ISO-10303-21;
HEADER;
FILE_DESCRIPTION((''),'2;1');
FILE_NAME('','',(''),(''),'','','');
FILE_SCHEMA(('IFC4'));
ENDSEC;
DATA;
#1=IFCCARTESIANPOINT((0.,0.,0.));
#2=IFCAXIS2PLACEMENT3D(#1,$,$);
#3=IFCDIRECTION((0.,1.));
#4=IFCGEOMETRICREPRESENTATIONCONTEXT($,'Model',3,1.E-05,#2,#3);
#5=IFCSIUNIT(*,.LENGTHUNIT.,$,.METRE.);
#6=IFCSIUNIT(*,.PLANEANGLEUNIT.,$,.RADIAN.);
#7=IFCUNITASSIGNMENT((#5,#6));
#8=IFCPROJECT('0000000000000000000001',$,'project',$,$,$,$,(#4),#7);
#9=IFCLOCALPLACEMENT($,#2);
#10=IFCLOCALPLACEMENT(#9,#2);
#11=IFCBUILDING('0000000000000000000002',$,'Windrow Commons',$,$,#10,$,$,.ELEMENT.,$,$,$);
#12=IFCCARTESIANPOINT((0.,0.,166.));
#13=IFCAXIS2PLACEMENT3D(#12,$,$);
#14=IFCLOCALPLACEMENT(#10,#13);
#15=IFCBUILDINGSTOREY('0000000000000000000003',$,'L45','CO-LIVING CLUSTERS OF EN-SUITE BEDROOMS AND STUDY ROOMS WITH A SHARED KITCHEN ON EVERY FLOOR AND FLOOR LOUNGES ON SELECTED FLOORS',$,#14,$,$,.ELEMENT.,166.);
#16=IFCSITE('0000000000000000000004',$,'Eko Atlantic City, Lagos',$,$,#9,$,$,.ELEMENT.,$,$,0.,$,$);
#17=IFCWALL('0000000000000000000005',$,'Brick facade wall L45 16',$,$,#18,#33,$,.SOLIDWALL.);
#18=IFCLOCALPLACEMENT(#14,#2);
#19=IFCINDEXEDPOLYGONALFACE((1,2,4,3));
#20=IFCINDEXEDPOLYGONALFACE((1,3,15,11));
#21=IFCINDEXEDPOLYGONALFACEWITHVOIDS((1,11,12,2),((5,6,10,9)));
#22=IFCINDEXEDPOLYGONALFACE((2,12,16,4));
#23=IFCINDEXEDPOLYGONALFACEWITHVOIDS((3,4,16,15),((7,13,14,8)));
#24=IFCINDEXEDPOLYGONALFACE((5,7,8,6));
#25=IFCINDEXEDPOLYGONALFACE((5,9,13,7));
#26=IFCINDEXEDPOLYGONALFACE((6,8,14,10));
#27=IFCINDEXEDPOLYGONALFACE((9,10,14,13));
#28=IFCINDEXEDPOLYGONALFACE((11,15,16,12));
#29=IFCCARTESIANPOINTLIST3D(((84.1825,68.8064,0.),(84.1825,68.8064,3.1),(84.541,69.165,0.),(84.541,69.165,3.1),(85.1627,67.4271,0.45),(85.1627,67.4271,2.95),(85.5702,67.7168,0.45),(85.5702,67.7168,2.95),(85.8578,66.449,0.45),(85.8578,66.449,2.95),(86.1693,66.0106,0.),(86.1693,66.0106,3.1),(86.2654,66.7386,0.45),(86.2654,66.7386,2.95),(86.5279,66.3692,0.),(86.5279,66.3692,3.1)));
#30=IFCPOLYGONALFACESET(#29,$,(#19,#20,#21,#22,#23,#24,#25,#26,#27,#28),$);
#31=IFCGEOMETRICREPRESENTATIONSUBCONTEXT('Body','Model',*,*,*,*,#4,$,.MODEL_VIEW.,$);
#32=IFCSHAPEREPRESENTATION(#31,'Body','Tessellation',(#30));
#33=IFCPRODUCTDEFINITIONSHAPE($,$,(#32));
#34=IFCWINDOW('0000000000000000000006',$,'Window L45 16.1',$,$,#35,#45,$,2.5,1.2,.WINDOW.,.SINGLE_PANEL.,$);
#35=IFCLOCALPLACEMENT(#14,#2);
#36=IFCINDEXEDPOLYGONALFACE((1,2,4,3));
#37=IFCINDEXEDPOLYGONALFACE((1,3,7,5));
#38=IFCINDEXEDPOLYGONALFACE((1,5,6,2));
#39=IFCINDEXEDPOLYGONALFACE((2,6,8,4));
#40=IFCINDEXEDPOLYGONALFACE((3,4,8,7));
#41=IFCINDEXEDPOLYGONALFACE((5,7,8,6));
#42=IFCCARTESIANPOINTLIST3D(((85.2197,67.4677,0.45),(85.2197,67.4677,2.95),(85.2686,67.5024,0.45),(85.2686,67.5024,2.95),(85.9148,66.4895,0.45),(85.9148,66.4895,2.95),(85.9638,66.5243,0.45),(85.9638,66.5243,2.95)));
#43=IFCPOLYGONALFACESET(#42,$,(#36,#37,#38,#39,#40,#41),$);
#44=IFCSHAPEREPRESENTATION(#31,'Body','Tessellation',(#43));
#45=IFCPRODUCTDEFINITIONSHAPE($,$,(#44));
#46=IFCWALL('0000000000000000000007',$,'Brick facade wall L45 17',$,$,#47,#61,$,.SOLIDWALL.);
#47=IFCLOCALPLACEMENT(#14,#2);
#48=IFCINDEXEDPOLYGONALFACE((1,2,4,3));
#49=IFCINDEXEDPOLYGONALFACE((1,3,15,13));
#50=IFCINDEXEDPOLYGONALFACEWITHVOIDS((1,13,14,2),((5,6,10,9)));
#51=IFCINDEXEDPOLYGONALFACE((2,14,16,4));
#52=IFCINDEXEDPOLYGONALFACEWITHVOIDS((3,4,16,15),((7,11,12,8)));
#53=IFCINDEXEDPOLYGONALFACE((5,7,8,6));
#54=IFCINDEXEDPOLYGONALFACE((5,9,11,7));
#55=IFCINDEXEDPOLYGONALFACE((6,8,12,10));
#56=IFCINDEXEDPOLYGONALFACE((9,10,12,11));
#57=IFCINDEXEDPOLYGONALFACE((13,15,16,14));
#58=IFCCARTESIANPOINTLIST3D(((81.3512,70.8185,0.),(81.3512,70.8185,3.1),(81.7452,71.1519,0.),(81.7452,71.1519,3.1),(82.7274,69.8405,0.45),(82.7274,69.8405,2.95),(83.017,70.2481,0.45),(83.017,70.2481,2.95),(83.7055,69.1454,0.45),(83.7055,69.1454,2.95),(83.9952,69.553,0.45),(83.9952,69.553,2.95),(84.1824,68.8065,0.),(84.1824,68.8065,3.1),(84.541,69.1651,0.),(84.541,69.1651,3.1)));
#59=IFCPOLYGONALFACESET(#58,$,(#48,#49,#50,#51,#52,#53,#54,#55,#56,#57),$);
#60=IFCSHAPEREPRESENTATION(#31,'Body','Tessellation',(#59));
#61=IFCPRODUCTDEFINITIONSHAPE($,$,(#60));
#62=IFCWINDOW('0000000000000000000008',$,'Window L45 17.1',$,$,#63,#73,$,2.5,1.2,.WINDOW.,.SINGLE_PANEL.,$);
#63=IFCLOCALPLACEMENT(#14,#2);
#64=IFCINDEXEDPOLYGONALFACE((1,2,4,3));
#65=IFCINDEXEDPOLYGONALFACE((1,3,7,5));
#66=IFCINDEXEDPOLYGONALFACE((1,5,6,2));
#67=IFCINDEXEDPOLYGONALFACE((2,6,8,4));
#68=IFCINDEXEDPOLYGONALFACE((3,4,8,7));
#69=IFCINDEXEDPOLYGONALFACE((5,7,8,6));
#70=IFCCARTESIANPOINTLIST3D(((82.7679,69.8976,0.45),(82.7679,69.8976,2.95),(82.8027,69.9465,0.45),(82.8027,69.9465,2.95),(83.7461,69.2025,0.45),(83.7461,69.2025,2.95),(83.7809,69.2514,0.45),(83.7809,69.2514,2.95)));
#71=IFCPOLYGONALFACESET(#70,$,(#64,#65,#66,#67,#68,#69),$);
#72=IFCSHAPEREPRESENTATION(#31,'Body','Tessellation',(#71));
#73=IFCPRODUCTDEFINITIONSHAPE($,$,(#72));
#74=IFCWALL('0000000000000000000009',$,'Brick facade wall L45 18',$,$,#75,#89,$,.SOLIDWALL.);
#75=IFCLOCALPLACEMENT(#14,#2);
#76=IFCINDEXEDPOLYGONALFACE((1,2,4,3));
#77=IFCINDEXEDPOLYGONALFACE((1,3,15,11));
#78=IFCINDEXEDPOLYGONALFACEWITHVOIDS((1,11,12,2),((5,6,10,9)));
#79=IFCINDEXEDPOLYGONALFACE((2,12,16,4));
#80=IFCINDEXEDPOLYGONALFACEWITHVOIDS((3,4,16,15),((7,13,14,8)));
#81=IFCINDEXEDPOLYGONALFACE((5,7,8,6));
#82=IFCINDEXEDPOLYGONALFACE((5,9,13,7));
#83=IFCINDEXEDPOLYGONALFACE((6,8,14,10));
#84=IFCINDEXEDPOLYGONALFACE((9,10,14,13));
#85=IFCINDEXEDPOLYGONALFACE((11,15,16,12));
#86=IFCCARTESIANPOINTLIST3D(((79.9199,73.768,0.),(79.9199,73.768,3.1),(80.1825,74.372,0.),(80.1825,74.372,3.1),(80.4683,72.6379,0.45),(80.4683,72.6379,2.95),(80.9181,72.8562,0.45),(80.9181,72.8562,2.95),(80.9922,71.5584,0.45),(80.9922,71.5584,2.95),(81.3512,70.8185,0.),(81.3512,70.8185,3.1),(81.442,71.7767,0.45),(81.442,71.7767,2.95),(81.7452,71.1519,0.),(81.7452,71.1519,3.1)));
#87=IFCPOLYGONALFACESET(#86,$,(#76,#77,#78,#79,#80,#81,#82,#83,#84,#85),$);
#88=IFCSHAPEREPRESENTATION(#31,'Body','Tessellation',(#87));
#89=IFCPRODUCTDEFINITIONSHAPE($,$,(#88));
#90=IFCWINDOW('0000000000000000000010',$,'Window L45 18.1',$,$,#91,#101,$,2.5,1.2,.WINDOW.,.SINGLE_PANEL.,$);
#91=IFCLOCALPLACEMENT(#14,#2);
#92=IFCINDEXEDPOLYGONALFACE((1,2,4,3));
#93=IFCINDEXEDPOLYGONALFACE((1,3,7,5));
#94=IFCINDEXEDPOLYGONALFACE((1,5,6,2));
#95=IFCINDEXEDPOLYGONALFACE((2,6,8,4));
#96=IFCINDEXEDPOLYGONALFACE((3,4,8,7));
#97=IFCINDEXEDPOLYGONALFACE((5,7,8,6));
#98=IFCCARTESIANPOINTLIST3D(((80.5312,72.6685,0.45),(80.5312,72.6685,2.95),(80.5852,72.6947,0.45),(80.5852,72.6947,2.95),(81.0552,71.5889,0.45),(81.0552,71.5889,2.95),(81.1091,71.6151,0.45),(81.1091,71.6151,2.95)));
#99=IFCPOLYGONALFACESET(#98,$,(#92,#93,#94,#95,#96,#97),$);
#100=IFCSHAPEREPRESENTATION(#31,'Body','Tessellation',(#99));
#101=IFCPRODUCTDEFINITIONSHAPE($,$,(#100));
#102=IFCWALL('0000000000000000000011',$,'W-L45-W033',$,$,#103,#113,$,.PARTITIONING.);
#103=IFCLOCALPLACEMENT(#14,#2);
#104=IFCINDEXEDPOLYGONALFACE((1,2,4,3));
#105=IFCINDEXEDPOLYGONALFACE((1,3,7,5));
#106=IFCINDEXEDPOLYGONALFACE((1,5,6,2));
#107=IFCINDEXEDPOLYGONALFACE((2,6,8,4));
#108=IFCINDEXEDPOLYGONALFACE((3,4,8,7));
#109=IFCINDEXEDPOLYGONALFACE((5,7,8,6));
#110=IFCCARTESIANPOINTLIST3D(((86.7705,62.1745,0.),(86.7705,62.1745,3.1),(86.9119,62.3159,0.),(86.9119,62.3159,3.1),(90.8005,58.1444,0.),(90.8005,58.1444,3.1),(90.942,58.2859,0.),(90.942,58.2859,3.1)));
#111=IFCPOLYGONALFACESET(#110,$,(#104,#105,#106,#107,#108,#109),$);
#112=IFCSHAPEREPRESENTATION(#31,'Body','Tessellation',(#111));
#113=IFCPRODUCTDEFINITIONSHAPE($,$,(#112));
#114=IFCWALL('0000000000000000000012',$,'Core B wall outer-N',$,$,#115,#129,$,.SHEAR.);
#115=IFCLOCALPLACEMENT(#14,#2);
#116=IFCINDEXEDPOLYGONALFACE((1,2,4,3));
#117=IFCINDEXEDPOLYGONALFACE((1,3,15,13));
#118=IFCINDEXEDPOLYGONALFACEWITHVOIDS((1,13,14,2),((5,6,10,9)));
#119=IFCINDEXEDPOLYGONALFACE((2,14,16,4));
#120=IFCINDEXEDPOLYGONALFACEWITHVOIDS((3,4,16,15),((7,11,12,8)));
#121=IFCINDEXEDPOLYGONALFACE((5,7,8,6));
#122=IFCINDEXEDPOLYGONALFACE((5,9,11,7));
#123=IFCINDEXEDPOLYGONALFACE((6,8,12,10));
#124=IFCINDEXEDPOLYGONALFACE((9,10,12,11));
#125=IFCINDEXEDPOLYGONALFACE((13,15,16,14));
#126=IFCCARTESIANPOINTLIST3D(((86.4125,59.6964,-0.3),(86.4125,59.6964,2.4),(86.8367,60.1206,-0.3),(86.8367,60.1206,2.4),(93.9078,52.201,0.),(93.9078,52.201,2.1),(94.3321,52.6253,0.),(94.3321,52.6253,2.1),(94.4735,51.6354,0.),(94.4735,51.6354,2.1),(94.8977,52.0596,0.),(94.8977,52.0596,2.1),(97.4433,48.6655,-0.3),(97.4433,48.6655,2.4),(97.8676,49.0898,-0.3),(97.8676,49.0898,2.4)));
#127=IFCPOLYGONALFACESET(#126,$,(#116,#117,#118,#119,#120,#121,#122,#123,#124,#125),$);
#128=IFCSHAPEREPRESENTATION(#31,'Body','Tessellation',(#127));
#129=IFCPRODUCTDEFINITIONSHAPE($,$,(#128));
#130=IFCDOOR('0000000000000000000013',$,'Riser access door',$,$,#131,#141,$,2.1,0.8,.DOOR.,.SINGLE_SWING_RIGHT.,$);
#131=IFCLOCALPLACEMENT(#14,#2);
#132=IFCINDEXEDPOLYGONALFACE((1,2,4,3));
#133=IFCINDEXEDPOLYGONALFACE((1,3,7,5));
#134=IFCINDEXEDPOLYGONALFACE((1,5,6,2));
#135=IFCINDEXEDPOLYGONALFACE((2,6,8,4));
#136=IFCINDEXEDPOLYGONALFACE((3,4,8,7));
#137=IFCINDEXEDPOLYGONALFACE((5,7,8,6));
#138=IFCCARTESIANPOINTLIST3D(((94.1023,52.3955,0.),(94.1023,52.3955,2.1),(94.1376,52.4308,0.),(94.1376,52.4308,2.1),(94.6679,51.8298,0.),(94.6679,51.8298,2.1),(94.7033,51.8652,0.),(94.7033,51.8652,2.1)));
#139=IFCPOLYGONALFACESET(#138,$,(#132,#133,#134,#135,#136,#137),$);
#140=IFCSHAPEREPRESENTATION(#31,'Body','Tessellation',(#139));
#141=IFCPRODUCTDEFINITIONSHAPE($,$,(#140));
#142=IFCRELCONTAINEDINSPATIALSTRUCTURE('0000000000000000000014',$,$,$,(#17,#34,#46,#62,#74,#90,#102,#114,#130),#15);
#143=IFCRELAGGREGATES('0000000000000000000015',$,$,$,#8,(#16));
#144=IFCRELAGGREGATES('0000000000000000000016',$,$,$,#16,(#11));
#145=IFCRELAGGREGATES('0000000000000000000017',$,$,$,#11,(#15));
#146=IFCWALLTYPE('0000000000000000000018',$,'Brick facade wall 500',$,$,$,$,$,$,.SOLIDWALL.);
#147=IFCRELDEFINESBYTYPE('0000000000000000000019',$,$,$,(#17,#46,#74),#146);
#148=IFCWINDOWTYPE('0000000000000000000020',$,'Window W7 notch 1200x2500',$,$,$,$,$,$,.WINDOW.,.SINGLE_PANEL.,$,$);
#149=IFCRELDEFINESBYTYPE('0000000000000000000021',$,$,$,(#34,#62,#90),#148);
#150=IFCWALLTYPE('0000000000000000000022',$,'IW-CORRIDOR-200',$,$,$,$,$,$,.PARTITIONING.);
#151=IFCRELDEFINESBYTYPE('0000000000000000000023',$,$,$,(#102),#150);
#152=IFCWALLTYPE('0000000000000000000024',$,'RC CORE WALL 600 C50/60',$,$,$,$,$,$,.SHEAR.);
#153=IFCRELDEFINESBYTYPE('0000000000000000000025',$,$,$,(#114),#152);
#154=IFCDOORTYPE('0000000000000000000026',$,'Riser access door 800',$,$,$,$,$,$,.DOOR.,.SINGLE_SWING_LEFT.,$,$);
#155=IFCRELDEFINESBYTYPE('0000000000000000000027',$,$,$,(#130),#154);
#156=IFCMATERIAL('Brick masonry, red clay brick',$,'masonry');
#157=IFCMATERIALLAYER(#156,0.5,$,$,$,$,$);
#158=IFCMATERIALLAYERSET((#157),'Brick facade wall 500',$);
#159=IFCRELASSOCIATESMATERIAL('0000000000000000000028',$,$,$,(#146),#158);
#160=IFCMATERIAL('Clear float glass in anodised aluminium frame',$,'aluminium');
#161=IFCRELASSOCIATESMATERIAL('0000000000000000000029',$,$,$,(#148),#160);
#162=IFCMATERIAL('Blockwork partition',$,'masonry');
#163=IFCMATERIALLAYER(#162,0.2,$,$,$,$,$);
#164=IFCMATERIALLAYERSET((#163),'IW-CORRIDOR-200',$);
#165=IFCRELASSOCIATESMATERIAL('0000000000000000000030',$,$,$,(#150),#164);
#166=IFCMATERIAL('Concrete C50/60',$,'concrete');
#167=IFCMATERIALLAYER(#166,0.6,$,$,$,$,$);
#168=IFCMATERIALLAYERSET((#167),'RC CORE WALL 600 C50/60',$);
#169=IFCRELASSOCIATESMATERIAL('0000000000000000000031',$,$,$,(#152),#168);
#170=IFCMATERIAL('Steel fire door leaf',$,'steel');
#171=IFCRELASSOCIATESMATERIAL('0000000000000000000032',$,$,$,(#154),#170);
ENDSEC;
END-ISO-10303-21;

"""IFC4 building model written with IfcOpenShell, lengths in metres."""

from ifc_helpers import new_model, si_unit, direction, frame, frame_2d, origin, place, context, subcontext, project, spatial, polyline, rectangle, outline, extrude, material, layer, layer_set, type_object, element, fill, save


model = new_model("IFC4")

# Units and contexts
model_context = context("Model", 3, precision=1e-05, world=origin(), true_north=direction((0.0, 1.0)))
body_context = subcontext(model_context, "Body", "Model", "MODEL_VIEW")
ifc_project = project(units=[si_unit("LENGTHUNIT", "METRE"), si_unit("PLANEANGLEUNIT", "RADIAN")], contexts=[model_context])

# Site, building, storey
site_placement = place(None, origin())
site = spatial("IfcSite", under=ifc_project, at=site_placement, Name="Eko Atlantic City, Lagos", CompositionType="ELEMENT", RefElevation=0.0)
building_placement = place(site_placement, origin())
building = spatial("IfcBuilding", under=site, at=building_placement, Name="Windrow Commons", CompositionType="ELEMENT")
storey_placement = place(building_placement, frame((0.0, 0.0, 166.0)))
storey = spatial("IfcBuildingStorey", under=building, at=storey_placement, Name="L45", Description="CO-LIVING CLUSTERS OF EN-SUITE BEDROOMS AND STUDY ROOMS WITH A SHARED KITCHEN ON EVERY FLOOR AND FLOOR LOUNGES ON SELECTED FLOORS", CompositionType="ELEMENT", Elevation=166.0)

# Shared definitions
ifc_material_1 = material(Name="Brick masonry, red clay brick", Category="masonry")
ifc_layer_1 = layer(ifc_material_1, 0.5)
ifc_layer_set_1 = layer_set([ifc_layer_1], Name="Brick facade wall 500")
wall_type_1 = type_object("IfcWallType", Name="Brick facade wall 500", PredefinedType="SOLIDWALL", material=ifc_layer_set_1)
ifc_material_2 = material(Name="Clear float glass in anodised aluminium frame", Category="aluminium")
window_type = type_object("IfcWindowType", Name="Window W7 notch 1200x2500", PartitioningType="SINGLE_PANEL", PredefinedType="WINDOW", material=ifc_material_2)

# Walls, openings, windows
wall_1_placement = place(storey_placement, frame((86.3486, 66.1899, 0.0), z_axis=(0.0, 0.0, 1.0), x_axis=(-0.579273, 0.815134, 0.0)))
wall_1 = element("IfcWall", 1, at=wall_1_placement, inside=storey, type_object=wall_type_1, Name="Brick facade wall L45 16", PredefinedType="SOLIDWALL", context=body_context, shape_type="SweptSolid", body=[
    extrude(outline(polyline([(0.0423, -0.25), (3.4722, -0.25), (3.3876, 0.25), (-0.0423, 0.25), (0.0423, -0.25)])), origin(), (0.0, 0.0, 1.0), 3.1),
])
opening_1_placement = place(wall_1_placement, frame((0.4955, 0.0, 0.45)))
opening_1 = element("IfcOpeningElement", 2, at=opening_1_placement, cuts=wall_1, PredefinedType="OPENING", context=body_context, shape_type="SweptSolid", body=[
    extrude(rectangle(XDim=1.2, YDim=2.5, at=frame_2d((0.6, 1.25))), frame((0.0, 0.26, 0.0), z_axis=(0.0, -1.0, 0.0), x_axis=(1.0, 0.0, 0.0)), (0.0, 0.0, 1.0), 0.52),
])
window_1_placement = place(opening_1_placement, origin())
window_1 = element("IfcWindow", 3, at=window_1_placement, inside=storey, type_object=window_type, Name="Window L45 16.1", OverallHeight=2.5, OverallWidth=1.2, PartitioningType="SINGLE_PANEL", PredefinedType="WINDOW", context=body_context, shape_type="SweptSolid", body=[
    extrude(rectangle(XDim=1.2, YDim=2.5, at=frame_2d((0.6, 1.25))), frame((0.0, 0.18, 0.0), z_axis=(0.0, -1.0, 0.0), x_axis=(1.0, 0.0, 0.0)), (0.0, 0.0, 1.0), 0.06),
])
fill(opening_1, window_1)
wall_2_placement = place(storey_placement, frame((84.3617, 68.9858, 0.0), z_axis=(0.0, 0.0, 1.0), x_axis=(-0.815135, 0.579271, 0.0)))
wall_2 = element("IfcWall", 4, at=wall_2_placement, inside=storey, type_object=wall_type_1, Name="Brick facade wall L45 17", PredefinedType="SOLIDWALL", context=body_context, shape_type="SweptSolid", body=[
    extrude(outline(polyline([(-0.0423, -0.25), (3.3876, -0.25), (3.5156, 0.25), (0.0423, 0.25), (-0.0423, -0.25)])), origin(), (0.0, 0.0, 1.0), 3.1),
])
opening_2_placement = place(wall_2_placement, frame((0.6273, 0.0, 0.45)))
opening_2 = element("IfcOpeningElement", 5, at=opening_2_placement, cuts=wall_2, PredefinedType="OPENING", context=body_context, shape_type="SweptSolid", body=[
    extrude(rectangle(XDim=1.2, YDim=2.5, at=frame_2d((0.6, 1.25))), frame((0.0, 0.26, 0.0), z_axis=(0.0, -1.0, 0.0), x_axis=(1.0, 0.0, 0.0)), (0.0, 0.0, 1.0), 0.52),
])
window_2_placement = place(opening_2_placement, origin())
window_2 = element("IfcWindow", 6, at=window_2_placement, inside=storey, type_object=window_type, Name="Window L45 17.1", OverallHeight=2.5, OverallWidth=1.2, PartitioningType="SINGLE_PANEL", PredefinedType="WINDOW", context=body_context, shape_type="SweptSolid", body=[
    extrude(rectangle(XDim=1.2, YDim=2.5, at=frame_2d((0.6, 1.25))), frame((0.0, 0.18, 0.0), z_axis=(0.0, -1.0, 0.0), x_axis=(1.0, 0.0, 0.0)), (0.0, 0.0, 1.0), 0.06),
])
fill(opening_2, window_2)
wall_3_placement = place(storey_placement, frame((81.5482, 70.9852, 0.0), z_axis=(0.0, 0.0, 1.0), x_axis=(-0.43659, 0.899661, 0.0)))
wall_3 = element("IfcWall", 7, at=wall_3_placement, inside=storey, type_object=wall_type_1, Name="Brick facade wall L45 18", PredefinedType="SOLIDWALL", context=body_context, shape_type="SweptSolid", body=[
    extrude(outline(polyline([(0.064, -0.25), (3.6432, -0.25), (3.2145, 0.25), (-0.064, 0.25), (0.064, -0.25)])), origin(), (0.0, 0.0, 1.0), 3.1),
])
opening_3_placement = place(wall_3_placement, frame((0.7584, 0.0, 0.45)))
opening_3 = element("IfcOpeningElement", 8, at=opening_3_placement, cuts=wall_3, PredefinedType="OPENING", context=body_context, shape_type="SweptSolid", body=[
    extrude(rectangle(XDim=1.2, YDim=2.5, at=frame_2d((0.6, 1.25))), frame((0.0, 0.26, 0.0), z_axis=(0.0, -1.0, 0.0), x_axis=(1.0, 0.0, 0.0)), (0.0, 0.0, 1.0), 0.52),
])
window_3_placement = place(opening_3_placement, origin())
window_3 = element("IfcWindow", 9, at=window_3_placement, inside=storey, type_object=window_type, Name="Window L45 18.1", OverallHeight=2.5, OverallWidth=1.2, PartitioningType="SINGLE_PANEL", PredefinedType="WINDOW", context=body_context, shape_type="SweptSolid", body=[
    extrude(rectangle(XDim=1.2, YDim=2.5, at=frame_2d((0.6, 1.25))), frame((0.0, 0.18, 0.0), z_axis=(0.0, -1.0, 0.0), x_axis=(1.0, 0.0, 0.0)), (0.0, 0.0, 1.0), 0.06),
])
fill(opening_3, window_3)

# Wall
ifc_material_3 = material(Name="Blockwork partition", Category="masonry")
ifc_layer_2 = layer(ifc_material_3, 0.2)
ifc_layer_set_2 = layer_set([ifc_layer_2], Name="IW-CORRIDOR-200")
wall_type_2 = type_object("IfcWallType", Name="IW-CORRIDOR-200", PredefinedType="PARTITIONING", material=ifc_layer_set_2)
wall_4_placement = place(storey_placement, frame((86.8412, 62.2452, 0.0), z_axis=(0.0, 0.0, 1.0), x_axis=(0.707107, -0.707107, 0.0)))
element("IfcWall", 10, at=wall_4_placement, inside=storey, type_object=wall_type_2, Name="W-L45-W033", PredefinedType="PARTITIONING", context=body_context, shape_type="SweptSolid", body=[
    extrude(rectangle(XDim=5.6993, YDim=0.2, at=frame_2d((2.8497, 0.0))), origin(), (0.0, 0.0, 1.0), 3.1),
])

# Wall, opening, door
ifc_material_4 = material(Name="Concrete C50/60", Category="concrete")
ifc_layer_3 = layer(ifc_material_4, 0.6)
ifc_layer_set_3 = layer_set([ifc_layer_3], Name="RC CORE WALL 600 C50/60")
wall_type_3 = type_object("IfcWallType", Name="RC CORE WALL 600 C50/60", PredefinedType="SHEAR", material=ifc_layer_set_3)
wall_5_placement = place(storey_placement, frame((86.6246, 59.9085, -0.3), z_axis=(0.0, 0.0, 1.0), x_axis=(0.707107, -0.707107, 0.0)))
wall_5 = element("IfcWall", 11, at=wall_5_placement, inside=storey, type_object=wall_type_3, Name="Core B wall outer-N", PredefinedType="SHEAR", context=body_context, shape_type="SweptSolid", body=[
    extrude(rectangle(XDim=15.6, YDim=0.6, at=frame_2d((7.8, 0.0))), origin(), (0.0, 0.0, 1.0), 2.7),
])
opening_4_placement = place(wall_5_placement, frame((10.6, 0.0, 0.3)))
opening_4 = element("IfcOpeningElement", 12, at=opening_4_placement, cuts=wall_5, PredefinedType="OPENING", context=body_context, shape_type="SweptSolid", body=[
    extrude(rectangle(XDim=0.8, YDim=2.1, at=frame_2d((0.4, 1.05))), frame((0.0, 0.31, 0.0), z_axis=(0.0, -1.0, 0.0), x_axis=(1.0, 0.0, 0.0)), (0.0, 0.0, 1.0), 0.62),
])
ifc_material_5 = material(Name="Steel fire door leaf", Category="steel")
door_type = type_object("IfcDoorType", Name="Riser access door 800", OperationType="SINGLE_SWING_LEFT", PredefinedType="DOOR", material=ifc_material_5)
door_placement = place(opening_4_placement, origin())
door = element("IfcDoor", 13, at=door_placement, inside=storey, type_object=door_type, Name="Riser access door", OperationType="SINGLE_SWING_RIGHT", OverallHeight=2.1, OverallWidth=0.8, PredefinedType="DOOR", context=body_context, shape_type="SweptSolid", body=[
    extrude(rectangle(XDim=0.8, YDim=2.1, at=frame_2d((0.4, 1.05))), frame((0.0, 0.025, 0.0), z_axis=(0.0, -1.0, 0.0), x_axis=(1.0, 0.0, 0.0)), (0.0, 0.0, 1.0), 0.05),
])
fill(opening_4, door)

save(model, "model.ifc")
